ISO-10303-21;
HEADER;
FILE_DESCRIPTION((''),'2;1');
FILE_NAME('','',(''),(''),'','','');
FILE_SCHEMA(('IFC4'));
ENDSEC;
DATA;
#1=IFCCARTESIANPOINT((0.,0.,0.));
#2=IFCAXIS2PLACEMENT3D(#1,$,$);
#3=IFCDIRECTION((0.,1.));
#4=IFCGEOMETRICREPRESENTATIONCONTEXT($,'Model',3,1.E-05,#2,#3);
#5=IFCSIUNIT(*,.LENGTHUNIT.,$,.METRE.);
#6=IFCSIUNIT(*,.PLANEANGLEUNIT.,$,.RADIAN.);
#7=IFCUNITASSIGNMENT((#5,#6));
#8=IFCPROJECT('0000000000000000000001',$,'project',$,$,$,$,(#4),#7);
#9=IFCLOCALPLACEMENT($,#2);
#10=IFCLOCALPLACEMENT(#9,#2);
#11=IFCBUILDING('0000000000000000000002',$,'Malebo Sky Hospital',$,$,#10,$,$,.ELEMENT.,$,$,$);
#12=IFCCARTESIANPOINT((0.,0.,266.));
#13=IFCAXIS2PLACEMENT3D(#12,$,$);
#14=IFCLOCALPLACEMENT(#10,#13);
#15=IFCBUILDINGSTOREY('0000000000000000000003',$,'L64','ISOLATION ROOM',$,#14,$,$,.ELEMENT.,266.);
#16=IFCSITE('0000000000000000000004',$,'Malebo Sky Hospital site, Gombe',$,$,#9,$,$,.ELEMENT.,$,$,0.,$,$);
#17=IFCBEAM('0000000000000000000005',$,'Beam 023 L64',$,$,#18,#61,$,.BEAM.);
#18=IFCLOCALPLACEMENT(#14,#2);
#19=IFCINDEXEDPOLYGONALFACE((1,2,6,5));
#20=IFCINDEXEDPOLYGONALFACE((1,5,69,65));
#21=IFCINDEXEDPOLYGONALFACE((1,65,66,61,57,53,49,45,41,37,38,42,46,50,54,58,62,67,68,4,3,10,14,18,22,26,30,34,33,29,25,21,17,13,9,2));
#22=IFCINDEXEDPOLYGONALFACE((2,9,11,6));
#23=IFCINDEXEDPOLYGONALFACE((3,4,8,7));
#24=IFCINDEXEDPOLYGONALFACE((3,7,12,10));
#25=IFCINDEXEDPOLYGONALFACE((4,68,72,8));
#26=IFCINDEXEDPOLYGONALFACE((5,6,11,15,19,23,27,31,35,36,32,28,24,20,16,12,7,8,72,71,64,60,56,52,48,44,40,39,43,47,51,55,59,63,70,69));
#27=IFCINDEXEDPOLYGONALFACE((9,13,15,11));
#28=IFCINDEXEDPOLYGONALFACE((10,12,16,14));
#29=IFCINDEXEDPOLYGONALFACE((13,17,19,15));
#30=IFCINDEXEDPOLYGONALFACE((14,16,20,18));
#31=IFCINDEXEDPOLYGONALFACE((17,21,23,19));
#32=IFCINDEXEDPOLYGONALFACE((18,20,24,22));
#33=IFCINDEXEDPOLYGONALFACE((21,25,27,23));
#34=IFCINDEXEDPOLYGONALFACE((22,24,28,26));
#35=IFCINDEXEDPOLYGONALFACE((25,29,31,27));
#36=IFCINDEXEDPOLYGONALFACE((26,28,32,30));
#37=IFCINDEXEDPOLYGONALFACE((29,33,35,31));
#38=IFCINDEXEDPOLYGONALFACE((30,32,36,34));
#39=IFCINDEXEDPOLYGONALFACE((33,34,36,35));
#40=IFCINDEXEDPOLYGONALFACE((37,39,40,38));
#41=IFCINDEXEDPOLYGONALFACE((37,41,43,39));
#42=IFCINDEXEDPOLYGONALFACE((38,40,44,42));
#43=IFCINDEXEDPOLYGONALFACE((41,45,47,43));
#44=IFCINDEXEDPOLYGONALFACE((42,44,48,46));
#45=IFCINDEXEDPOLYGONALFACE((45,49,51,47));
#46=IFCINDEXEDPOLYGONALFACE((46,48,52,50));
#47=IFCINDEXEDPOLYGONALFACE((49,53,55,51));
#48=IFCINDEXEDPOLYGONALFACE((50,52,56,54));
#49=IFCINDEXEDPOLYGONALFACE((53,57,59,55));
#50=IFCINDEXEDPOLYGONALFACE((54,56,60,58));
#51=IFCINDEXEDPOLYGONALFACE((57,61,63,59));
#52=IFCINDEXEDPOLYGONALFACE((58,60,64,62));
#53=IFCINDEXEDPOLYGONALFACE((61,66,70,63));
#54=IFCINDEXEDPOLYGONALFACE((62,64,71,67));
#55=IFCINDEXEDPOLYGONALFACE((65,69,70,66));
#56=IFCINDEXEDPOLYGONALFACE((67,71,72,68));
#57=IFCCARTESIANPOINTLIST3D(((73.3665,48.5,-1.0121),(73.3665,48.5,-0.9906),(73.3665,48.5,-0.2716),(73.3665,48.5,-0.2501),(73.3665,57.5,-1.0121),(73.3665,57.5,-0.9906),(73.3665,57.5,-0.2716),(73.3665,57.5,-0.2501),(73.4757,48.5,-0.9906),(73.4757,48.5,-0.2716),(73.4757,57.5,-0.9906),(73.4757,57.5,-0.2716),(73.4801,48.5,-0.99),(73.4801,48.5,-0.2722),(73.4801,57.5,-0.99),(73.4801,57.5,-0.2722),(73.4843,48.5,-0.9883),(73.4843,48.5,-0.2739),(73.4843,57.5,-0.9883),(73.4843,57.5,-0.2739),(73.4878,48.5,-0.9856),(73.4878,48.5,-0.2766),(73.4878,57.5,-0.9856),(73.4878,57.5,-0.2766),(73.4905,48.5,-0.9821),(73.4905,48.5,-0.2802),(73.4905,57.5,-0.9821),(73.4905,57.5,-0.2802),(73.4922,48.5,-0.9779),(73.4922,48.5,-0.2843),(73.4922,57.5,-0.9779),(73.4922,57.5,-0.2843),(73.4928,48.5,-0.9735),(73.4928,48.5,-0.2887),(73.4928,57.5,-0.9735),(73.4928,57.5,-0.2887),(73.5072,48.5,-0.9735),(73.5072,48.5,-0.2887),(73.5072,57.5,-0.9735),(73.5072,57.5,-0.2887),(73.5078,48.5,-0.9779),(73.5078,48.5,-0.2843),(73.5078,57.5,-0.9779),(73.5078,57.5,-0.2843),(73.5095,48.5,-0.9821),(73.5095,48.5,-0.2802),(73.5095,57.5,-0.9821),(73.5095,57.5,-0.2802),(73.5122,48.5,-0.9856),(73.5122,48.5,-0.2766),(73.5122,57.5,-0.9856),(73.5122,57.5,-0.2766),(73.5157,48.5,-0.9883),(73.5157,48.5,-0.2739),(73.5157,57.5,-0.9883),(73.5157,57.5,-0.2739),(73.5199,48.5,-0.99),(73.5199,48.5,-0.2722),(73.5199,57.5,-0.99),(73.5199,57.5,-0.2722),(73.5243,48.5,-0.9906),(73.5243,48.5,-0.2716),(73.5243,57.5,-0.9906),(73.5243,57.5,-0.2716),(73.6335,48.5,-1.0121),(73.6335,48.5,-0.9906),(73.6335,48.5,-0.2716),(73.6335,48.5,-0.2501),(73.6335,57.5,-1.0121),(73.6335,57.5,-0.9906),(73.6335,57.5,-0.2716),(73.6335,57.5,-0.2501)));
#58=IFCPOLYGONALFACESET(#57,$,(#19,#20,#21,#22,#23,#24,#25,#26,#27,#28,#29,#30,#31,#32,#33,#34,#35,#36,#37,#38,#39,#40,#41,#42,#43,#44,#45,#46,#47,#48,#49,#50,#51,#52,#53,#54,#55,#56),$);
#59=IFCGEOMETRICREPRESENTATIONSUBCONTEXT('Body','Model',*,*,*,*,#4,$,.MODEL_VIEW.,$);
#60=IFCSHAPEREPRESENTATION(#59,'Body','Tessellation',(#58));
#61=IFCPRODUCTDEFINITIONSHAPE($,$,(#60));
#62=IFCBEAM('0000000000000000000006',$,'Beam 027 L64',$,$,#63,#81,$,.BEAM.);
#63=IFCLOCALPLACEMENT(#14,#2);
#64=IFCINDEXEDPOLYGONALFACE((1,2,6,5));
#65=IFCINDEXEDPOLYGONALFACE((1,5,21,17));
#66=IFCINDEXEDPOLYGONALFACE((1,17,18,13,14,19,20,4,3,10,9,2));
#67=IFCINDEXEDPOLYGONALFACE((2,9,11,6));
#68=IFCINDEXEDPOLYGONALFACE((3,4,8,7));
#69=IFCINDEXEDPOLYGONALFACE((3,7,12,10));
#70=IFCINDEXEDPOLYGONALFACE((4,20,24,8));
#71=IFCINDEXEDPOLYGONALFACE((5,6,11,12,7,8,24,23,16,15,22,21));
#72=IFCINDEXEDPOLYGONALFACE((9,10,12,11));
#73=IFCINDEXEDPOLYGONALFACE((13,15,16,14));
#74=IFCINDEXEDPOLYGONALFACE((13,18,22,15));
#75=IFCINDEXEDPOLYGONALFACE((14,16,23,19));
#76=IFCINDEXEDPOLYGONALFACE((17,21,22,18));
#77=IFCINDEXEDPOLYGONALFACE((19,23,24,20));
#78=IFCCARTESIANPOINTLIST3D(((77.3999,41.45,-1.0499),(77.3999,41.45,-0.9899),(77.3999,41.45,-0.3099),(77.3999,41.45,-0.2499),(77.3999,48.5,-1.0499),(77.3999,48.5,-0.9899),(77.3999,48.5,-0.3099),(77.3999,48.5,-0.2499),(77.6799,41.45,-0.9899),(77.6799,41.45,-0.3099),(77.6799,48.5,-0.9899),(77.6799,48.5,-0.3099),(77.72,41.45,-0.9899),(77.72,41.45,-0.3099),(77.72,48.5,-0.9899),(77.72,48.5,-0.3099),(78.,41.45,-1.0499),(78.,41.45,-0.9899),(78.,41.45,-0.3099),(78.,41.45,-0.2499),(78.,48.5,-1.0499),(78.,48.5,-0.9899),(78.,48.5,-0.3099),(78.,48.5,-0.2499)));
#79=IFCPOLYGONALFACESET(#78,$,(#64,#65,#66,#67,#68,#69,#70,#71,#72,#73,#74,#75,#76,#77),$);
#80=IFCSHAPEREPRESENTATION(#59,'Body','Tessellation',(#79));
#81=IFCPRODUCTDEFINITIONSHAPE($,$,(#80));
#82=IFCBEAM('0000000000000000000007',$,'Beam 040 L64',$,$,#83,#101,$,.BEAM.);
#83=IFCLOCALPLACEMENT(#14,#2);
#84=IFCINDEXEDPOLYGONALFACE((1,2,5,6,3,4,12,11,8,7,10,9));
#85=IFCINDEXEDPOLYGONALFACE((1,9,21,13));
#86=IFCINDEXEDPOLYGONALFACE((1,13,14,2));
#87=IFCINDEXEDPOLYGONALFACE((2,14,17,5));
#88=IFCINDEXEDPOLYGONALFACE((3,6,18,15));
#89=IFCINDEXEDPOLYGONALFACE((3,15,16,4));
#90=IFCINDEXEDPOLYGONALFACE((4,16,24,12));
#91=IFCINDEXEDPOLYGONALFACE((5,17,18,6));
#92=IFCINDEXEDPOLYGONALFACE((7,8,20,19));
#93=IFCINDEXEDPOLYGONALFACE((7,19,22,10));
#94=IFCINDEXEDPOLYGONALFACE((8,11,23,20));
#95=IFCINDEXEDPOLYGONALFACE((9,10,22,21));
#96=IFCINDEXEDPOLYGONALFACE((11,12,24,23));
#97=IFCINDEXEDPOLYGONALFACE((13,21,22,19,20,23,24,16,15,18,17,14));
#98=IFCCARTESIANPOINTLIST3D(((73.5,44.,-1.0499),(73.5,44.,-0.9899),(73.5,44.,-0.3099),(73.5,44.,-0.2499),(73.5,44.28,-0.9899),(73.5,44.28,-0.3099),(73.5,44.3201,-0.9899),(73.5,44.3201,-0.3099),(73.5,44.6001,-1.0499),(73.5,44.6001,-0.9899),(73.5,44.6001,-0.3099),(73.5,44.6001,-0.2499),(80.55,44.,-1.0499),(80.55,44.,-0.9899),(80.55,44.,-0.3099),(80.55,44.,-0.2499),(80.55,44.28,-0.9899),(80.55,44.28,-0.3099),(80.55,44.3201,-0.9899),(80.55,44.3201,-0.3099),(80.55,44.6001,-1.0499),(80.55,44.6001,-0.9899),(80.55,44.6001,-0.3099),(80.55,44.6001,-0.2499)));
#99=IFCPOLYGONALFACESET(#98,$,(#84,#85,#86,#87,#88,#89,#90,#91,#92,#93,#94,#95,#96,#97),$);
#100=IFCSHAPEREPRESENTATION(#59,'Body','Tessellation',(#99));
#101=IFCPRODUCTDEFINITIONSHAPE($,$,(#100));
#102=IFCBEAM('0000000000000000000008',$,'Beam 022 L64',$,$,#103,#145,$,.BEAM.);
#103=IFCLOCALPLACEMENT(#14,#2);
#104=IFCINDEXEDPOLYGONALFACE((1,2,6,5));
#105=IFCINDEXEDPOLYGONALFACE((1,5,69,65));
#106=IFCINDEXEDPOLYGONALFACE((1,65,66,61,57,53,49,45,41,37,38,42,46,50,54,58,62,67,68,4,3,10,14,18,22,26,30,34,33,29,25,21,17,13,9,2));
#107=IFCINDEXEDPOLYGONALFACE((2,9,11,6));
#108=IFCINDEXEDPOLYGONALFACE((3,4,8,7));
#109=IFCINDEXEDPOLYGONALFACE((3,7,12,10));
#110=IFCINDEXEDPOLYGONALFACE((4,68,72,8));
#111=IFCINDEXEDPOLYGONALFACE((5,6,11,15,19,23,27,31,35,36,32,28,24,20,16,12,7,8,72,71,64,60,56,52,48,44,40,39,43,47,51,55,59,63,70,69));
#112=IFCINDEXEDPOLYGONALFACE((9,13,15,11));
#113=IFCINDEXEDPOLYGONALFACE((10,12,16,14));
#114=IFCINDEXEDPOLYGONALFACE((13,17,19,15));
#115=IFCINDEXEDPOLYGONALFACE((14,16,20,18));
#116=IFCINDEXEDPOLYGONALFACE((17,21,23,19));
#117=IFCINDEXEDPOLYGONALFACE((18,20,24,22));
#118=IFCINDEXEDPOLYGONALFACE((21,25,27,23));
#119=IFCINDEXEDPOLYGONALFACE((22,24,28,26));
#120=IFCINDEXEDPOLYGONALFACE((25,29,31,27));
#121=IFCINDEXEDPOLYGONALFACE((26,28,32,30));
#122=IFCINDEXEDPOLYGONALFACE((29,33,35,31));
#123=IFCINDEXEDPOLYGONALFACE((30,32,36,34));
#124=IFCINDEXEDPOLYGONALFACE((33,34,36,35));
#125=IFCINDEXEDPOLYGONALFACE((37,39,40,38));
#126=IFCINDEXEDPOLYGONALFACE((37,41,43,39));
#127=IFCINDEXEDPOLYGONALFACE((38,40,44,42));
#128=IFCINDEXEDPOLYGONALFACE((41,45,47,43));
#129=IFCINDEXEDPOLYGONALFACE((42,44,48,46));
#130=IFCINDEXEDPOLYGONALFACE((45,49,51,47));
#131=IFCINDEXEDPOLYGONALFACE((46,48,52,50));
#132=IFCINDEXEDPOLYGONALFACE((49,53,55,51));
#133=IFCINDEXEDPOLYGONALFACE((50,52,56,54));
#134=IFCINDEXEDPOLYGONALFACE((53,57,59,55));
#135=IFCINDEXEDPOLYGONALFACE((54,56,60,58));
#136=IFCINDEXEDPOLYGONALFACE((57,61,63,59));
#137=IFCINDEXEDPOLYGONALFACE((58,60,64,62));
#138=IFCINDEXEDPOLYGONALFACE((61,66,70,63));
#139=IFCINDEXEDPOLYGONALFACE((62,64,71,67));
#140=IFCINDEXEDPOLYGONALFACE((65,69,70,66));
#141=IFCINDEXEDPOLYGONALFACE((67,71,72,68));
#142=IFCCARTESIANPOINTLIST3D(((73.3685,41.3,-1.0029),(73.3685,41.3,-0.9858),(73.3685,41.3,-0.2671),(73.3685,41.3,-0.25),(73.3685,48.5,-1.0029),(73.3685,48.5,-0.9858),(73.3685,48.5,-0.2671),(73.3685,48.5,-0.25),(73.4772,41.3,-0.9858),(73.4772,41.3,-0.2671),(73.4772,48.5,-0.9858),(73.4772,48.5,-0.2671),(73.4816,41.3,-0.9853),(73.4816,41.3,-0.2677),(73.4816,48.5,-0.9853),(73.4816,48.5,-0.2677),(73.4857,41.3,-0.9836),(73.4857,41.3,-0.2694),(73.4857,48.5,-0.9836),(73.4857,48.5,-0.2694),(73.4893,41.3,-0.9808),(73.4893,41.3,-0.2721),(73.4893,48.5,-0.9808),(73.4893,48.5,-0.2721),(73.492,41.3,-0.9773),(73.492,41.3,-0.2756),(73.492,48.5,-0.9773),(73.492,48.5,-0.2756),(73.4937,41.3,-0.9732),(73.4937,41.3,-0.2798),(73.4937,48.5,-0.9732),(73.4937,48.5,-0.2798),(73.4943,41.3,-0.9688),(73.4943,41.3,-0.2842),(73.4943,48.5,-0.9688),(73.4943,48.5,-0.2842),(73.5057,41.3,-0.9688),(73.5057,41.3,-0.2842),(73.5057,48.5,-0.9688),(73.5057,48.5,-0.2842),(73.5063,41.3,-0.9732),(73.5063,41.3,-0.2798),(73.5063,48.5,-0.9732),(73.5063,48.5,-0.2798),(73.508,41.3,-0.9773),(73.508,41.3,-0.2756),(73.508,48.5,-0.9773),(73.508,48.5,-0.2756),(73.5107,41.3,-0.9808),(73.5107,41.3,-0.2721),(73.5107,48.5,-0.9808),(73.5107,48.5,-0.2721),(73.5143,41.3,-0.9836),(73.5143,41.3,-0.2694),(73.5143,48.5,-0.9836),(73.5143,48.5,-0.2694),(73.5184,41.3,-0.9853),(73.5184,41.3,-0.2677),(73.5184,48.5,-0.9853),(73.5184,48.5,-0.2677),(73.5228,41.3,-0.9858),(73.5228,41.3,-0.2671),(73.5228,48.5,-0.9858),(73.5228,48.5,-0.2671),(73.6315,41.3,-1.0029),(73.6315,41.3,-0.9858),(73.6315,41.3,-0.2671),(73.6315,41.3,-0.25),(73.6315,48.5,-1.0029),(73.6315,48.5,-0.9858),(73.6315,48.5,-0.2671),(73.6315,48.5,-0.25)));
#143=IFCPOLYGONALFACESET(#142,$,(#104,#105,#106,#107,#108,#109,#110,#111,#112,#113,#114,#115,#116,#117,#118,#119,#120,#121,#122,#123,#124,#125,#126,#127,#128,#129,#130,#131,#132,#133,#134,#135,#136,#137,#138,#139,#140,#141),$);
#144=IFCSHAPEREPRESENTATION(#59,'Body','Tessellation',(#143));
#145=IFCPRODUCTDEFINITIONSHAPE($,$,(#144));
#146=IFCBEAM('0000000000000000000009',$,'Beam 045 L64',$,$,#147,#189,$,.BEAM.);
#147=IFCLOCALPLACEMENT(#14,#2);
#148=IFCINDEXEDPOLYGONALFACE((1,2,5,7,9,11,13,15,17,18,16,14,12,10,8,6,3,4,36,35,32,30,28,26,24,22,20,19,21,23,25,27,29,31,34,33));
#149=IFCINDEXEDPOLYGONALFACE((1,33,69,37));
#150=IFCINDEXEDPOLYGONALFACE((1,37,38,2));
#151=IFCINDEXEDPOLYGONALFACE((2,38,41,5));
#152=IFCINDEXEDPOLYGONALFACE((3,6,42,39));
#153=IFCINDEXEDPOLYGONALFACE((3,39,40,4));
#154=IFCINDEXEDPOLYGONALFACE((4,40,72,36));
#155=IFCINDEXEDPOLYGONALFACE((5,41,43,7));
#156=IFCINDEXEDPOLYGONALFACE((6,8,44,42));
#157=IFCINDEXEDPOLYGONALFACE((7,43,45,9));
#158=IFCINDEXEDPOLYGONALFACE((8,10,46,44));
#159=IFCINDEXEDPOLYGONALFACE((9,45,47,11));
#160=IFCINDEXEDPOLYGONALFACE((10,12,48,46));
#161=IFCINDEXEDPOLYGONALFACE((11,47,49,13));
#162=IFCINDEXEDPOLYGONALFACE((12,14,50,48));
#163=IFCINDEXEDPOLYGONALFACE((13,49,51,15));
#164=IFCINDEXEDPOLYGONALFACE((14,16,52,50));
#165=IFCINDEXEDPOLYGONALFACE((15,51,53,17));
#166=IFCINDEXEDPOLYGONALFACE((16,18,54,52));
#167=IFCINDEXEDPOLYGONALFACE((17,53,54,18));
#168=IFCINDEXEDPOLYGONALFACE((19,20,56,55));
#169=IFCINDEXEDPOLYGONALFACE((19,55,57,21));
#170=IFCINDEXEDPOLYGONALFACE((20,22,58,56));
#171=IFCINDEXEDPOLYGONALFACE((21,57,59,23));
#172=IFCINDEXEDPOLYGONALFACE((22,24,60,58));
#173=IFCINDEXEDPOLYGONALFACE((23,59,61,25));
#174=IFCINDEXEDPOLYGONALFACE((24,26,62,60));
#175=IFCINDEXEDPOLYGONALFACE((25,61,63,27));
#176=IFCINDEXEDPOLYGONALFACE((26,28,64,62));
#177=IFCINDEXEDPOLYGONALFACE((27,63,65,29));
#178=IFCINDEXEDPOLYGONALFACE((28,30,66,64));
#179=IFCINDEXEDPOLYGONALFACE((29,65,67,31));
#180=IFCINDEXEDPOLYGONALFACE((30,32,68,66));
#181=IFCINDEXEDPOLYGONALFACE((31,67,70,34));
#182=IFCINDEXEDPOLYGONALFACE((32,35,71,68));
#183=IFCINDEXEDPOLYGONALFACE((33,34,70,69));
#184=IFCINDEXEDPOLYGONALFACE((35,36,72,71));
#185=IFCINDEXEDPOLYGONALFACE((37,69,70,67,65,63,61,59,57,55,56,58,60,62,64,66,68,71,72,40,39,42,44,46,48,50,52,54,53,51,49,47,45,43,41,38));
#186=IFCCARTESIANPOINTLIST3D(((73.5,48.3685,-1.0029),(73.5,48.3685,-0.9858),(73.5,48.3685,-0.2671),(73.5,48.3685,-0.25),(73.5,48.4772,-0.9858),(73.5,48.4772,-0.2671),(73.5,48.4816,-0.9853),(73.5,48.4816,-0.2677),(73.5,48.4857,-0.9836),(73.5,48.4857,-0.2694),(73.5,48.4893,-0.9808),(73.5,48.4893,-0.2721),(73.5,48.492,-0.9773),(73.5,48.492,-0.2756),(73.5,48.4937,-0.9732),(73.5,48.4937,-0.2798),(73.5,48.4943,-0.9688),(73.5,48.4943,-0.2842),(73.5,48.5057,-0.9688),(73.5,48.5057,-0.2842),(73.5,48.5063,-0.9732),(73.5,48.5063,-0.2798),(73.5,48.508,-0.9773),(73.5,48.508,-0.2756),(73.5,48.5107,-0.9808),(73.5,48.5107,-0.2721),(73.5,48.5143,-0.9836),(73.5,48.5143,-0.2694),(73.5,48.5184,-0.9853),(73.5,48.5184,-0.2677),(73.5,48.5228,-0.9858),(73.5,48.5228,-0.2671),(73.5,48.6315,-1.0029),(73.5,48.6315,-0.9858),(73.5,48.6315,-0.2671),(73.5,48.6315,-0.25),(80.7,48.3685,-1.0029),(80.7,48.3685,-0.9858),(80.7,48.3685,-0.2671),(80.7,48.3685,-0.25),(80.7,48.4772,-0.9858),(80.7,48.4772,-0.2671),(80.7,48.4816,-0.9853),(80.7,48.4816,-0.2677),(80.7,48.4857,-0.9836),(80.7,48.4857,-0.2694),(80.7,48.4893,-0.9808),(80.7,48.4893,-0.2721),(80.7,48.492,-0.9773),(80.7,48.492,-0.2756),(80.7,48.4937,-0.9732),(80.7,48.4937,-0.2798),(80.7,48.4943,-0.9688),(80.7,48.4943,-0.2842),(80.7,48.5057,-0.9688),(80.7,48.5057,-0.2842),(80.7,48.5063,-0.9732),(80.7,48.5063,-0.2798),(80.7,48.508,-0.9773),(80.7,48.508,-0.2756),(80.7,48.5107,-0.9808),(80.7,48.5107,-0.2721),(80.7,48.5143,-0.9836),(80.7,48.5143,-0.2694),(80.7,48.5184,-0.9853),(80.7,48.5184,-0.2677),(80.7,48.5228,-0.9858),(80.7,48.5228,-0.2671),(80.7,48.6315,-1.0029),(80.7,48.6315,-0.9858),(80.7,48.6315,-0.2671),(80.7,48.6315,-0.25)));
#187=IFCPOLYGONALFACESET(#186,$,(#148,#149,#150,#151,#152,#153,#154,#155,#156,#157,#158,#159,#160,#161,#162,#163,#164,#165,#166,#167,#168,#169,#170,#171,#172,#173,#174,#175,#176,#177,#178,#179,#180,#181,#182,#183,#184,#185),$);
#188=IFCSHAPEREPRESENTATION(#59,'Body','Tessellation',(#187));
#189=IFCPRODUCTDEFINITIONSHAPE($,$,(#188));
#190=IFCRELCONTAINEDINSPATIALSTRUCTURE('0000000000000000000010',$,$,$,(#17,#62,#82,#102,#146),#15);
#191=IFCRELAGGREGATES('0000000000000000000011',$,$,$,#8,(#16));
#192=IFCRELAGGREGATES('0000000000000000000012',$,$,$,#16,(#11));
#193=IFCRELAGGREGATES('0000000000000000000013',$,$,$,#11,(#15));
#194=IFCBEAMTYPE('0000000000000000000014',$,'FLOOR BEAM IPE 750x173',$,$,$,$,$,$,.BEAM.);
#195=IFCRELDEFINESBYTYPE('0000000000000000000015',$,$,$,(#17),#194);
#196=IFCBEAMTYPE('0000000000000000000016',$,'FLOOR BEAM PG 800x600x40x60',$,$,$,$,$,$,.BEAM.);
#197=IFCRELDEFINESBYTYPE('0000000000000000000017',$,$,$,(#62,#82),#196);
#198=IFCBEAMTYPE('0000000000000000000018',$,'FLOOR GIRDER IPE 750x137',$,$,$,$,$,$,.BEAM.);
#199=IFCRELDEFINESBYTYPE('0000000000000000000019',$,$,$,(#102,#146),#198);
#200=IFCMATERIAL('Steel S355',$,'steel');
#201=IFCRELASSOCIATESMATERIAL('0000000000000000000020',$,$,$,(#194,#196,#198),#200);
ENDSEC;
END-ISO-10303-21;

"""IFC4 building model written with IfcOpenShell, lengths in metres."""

from ifc_helpers import new_model, si_unit, direction, frame, origin, origin_2d, place, context, subcontext, project, spatial, i_section, extrude, material, material_profile, profile_set, type_object, element, save


model = new_model("IFC4")

# Units and contexts
model_context = context("Model", 3, precision=1e-05, world=origin(), true_north=direction((0.0, 1.0)))
body_context = subcontext(model_context, "Body", "Model", "MODEL_VIEW")
ifc_project = project(units=[si_unit("LENGTHUNIT", "METRE"), si_unit("PLANEANGLEUNIT", "RADIAN")], contexts=[model_context])

# Site, building, storey
site_placement = place(None, origin())
site = spatial("IfcSite", under=ifc_project, at=site_placement, Name="Malebo Sky Hospital site, Gombe", CompositionType="ELEMENT", RefElevation=0.0)
building_placement = place(site_placement, origin())
building = spatial("IfcBuilding", under=site, at=building_placement, Name="Malebo Sky Hospital", CompositionType="ELEMENT")
storey_placement = place(building_placement, frame((0.0, 0.0, 266.0)))
storey = spatial("IfcBuildingStorey", under=building, at=storey_placement, Name="L64", Description="ISOLATION ROOM", CompositionType="ELEMENT", Elevation=266.0)

# Beams
ifc_material_1 = material(Name="Steel S355", Category="steel")
ifc_material_profile_1 = material_profile(ifc_material_1, i_section(OverallWidth=0.2671, OverallDepth=0.762, WebThickness=0.0144, FlangeThickness=0.0215, FilletRadius=0.0171, at=origin_2d()), Name="IPE 750x173")
ifc_profile_set_1 = profile_set([ifc_material_profile_1], Name="Steel S355")
beam_type_1 = type_object("IfcBeamType", Name="FLOOR BEAM IPE 750x173", PredefinedType="BEAM", material=ifc_profile_set_1)
beam_1_placement = place(storey_placement, frame((73.5, 48.5, -0.6311), z_axis=(0.0, 1.0, 0.0), x_axis=(-1.0, 0.0, 0.0)))
element("IfcBeam", 1, at=beam_1_placement, inside=storey, type_object=beam_type_1, Name="Beam 023 L64", PredefinedType="BEAM", context=body_context, shape_type="SweptSolid", body=[
    extrude(i_section(OverallWidth=0.2671, OverallDepth=0.762, WebThickness=0.0144, FlangeThickness=0.0215, FilletRadius=0.0171, at=origin_2d()), origin(), (0.0, 0.0, 1.0), 9.0),
])
ifc_material_profile_2 = material_profile(ifc_material_1, i_section(OverallWidth=0.6001, OverallDepth=0.8, WebThickness=0.04, FlangeThickness=0.0601, at=origin_2d()), Name="PG 800x600x40x60")
ifc_profile_set_2 = profile_set([ifc_material_profile_2], Name="Steel S355")
beam_type_2 = type_object("IfcBeamType", Name="FLOOR BEAM PG 800x600x40x60", PredefinedType="BEAM", material=ifc_profile_set_2)
for number, where, z_axis, x_axis, name in (
    (2, (77.7, 41.45, -0.6499), (0.0, 1.0, 0.0), (-1.0, 0.0, 0.0), "Beam 027 L64"),
    (3, (73.5, 44.3, -0.6499), (1.0, 0.0, 0.0), (0.0, 1.0, 0.0), "Beam 040 L64"),
):
    element("IfcBeam", number, at=place(storey_placement, frame(where, z_axis=z_axis, x_axis=x_axis)), inside=storey, type_object=beam_type_2, Name=name, PredefinedType="BEAM", context=body_context, shape_type="SweptSolid", body=[
        extrude(i_section(OverallWidth=0.6001, OverallDepth=0.8, WebThickness=0.04, FlangeThickness=0.0601, at=origin_2d()), origin(), (0.0, 0.0, 1.0), 7.05),
    ])
ifc_material_profile_3 = material_profile(ifc_material_1, i_section(OverallWidth=0.2629, OverallDepth=0.7529, WebThickness=0.0115, FlangeThickness=0.0171, FilletRadius=0.0171, at=origin_2d()), Name="IPE 750x137")
ifc_profile_set_3 = profile_set([ifc_material_profile_3], Name="Steel S355")
beam_type_3 = type_object("IfcBeamType", Name="FLOOR GIRDER IPE 750x137", PredefinedType="BEAM", material=ifc_profile_set_3)
for number, where, z_axis, x_axis, name in (
    (4, (73.5, 41.3, -0.6265), (0.0, 1.0, 0.0), (-1.0, 0.0, 0.0), "Beam 022 L64"),
    (5, (73.5, 48.5, -0.6265), (1.0, 0.0, 0.0), (0.0, 1.0, 0.0), "Beam 045 L64"),
):
    element("IfcBeam", number, at=place(storey_placement, frame(where, z_axis=z_axis, x_axis=x_axis)), inside=storey, type_object=beam_type_3, Name=name, PredefinedType="BEAM", context=body_context, shape_type="SweptSolid", body=[
        extrude(i_section(OverallWidth=0.2629, OverallDepth=0.7529, WebThickness=0.0115, FlangeThickness=0.0171, FilletRadius=0.0171, at=origin_2d()), origin(), (0.0, 0.0, 1.0), 7.2),
    ])

save(model, "model.ifc")
